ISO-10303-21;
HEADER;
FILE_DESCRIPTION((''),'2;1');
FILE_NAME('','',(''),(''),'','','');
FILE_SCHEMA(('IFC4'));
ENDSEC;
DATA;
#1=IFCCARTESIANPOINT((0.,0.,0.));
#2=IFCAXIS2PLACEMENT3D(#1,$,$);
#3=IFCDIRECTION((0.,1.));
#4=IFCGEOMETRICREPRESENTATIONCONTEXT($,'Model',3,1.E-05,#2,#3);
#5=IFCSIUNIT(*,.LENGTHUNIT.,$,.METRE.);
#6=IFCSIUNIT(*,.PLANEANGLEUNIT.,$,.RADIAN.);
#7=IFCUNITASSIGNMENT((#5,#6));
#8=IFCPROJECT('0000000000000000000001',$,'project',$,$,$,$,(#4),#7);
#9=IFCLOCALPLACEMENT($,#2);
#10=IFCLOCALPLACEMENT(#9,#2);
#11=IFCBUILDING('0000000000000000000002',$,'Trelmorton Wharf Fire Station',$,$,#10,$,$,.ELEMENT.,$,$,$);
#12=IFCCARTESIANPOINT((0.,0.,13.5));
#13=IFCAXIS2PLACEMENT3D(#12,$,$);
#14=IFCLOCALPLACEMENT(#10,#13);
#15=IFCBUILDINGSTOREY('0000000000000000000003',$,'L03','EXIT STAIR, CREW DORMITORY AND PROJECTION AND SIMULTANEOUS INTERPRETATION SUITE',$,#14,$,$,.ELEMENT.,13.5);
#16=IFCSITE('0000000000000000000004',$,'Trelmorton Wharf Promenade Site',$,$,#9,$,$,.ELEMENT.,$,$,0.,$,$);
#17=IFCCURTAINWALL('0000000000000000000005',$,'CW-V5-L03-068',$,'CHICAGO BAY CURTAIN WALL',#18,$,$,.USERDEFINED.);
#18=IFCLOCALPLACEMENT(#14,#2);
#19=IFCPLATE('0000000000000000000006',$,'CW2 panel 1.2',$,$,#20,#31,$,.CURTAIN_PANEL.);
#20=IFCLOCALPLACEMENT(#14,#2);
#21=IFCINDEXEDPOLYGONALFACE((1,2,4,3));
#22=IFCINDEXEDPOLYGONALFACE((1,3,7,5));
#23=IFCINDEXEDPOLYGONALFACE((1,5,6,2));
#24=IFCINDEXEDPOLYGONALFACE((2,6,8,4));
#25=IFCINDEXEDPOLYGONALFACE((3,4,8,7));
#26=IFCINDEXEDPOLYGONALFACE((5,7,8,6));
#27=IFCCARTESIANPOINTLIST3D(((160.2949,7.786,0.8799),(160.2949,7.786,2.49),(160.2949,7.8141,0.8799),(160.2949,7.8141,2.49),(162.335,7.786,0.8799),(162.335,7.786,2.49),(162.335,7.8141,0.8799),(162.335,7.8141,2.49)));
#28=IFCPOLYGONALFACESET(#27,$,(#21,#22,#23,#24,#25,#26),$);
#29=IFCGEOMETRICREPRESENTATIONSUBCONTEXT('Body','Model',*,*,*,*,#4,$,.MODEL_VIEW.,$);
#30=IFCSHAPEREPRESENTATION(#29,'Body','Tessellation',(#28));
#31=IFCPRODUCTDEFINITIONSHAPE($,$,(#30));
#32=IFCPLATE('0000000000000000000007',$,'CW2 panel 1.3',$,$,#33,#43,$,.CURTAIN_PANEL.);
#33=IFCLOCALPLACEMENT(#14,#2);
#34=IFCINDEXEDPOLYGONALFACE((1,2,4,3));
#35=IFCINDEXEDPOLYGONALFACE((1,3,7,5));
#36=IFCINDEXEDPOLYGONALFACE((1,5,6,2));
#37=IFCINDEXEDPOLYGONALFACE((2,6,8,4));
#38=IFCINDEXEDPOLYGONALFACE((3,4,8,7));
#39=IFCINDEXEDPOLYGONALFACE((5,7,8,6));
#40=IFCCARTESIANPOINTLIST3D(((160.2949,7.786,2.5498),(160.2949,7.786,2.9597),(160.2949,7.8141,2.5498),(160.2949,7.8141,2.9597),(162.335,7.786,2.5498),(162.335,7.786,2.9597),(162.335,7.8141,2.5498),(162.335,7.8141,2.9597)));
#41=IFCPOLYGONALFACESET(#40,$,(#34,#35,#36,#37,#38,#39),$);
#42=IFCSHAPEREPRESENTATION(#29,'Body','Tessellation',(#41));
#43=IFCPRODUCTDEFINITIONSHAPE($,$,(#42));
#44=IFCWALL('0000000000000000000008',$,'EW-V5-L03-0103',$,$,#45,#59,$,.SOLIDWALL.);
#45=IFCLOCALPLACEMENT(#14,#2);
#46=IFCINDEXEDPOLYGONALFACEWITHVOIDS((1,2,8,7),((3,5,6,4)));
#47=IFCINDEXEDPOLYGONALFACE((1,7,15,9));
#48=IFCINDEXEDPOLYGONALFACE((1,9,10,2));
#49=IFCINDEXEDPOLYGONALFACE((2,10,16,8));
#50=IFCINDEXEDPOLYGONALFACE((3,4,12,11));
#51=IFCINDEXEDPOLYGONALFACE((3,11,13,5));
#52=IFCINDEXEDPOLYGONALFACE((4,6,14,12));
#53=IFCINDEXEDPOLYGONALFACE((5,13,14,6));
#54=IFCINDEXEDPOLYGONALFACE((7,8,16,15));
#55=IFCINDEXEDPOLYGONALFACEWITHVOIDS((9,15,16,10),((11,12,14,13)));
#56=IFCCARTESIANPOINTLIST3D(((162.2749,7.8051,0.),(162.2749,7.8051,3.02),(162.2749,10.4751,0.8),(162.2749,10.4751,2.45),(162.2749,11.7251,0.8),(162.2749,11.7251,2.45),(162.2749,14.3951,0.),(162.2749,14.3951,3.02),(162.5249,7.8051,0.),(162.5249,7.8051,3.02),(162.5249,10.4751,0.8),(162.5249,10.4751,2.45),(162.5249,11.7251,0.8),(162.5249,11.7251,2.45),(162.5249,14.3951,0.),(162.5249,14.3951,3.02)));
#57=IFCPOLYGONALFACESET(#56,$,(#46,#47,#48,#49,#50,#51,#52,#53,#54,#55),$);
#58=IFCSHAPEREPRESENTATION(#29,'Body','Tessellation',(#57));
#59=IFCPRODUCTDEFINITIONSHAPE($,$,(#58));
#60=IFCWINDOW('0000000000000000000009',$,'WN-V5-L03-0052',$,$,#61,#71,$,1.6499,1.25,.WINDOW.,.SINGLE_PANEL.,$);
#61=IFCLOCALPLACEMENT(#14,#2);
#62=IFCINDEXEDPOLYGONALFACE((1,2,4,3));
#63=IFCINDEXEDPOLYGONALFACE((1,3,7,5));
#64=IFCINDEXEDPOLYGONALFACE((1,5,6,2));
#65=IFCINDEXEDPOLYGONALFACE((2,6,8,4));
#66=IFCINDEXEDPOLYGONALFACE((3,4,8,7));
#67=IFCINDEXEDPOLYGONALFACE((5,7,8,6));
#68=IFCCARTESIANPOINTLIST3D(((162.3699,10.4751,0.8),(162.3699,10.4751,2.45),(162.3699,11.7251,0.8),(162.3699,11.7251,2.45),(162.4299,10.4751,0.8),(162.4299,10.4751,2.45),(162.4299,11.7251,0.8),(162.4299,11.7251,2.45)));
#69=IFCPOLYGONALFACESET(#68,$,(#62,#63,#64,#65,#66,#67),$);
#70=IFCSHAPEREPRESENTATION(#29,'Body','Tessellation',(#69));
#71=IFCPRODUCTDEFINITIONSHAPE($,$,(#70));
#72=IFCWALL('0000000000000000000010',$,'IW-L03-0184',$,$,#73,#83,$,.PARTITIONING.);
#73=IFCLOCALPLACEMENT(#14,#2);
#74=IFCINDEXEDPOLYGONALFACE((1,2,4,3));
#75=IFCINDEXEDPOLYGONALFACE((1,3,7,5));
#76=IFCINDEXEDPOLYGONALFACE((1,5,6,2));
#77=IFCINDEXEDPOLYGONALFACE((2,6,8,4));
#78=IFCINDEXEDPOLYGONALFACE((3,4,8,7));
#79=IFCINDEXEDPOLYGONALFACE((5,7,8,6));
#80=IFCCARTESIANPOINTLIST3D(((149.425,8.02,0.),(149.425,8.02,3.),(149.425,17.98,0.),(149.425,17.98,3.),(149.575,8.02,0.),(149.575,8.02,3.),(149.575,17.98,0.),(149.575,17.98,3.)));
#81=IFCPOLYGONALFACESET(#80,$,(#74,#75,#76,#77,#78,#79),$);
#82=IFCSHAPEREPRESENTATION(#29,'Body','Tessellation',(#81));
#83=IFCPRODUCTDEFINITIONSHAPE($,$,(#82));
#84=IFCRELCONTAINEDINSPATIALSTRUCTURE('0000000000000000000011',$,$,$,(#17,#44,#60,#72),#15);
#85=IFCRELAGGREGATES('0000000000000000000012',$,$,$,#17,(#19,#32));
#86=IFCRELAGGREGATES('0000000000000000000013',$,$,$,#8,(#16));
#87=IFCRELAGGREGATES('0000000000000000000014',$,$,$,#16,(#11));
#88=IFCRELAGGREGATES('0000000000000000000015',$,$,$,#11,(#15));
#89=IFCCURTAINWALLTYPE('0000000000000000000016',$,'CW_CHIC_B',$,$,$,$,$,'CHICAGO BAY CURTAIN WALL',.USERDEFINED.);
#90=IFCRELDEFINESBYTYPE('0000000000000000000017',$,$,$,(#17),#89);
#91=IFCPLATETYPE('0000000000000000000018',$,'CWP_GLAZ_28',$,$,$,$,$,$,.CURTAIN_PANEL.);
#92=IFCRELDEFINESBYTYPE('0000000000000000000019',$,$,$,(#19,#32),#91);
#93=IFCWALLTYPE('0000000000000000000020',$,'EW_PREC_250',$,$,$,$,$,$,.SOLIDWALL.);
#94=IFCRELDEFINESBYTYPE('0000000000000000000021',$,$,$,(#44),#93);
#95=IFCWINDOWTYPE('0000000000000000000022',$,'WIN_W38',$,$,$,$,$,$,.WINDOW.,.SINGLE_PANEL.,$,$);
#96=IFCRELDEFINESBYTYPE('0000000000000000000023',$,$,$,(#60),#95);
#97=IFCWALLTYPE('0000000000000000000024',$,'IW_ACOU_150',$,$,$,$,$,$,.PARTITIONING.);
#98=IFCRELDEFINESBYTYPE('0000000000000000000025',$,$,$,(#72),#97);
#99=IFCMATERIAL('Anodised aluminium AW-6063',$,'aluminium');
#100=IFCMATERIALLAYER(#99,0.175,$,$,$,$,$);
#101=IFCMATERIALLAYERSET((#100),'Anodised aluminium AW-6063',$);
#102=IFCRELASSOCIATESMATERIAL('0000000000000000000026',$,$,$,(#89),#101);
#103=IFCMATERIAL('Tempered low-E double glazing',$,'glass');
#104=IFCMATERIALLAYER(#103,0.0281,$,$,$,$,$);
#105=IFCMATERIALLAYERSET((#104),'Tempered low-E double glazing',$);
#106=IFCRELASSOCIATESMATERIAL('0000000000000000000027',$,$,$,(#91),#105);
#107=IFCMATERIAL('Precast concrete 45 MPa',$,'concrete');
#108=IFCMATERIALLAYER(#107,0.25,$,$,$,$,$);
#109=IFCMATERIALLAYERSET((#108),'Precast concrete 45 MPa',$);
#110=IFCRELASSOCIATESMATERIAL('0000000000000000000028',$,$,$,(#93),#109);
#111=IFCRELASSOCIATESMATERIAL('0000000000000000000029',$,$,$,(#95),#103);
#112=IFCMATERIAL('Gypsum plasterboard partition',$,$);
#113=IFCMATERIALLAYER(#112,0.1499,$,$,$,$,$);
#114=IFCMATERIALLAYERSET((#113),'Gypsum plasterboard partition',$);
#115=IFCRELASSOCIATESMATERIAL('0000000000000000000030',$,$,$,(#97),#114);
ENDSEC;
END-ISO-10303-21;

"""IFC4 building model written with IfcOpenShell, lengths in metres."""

from ifc_helpers import new_model, si_unit, direction, frame, frame_2d, origin, origin_2d, place, context, subcontext, project, spatial, rectangle, extrude, material, layer, layer_set, type_object, element, fill, aggregate, save


model = new_model("IFC4")

# Units and contexts
model_context = context("Model", 3, precision=1e-05, world=origin(), true_north=direction((0.0, 1.0)))
body_context = subcontext(model_context, "Body", "Model", "MODEL_VIEW")
ifc_project = project(units=[si_unit("LENGTHUNIT", "METRE"), si_unit("PLANEANGLEUNIT", "RADIAN")], contexts=[model_context])

# Site, building, storey
site_placement = place(None, origin())
site = spatial("IfcSite", under=ifc_project, at=site_placement, Name="Trelmorton Wharf Promenade Site", CompositionType="ELEMENT", RefElevation=0.0)
building_placement = place(site_placement, origin())
building = spatial("IfcBuilding", under=site, at=building_placement, Name="Trelmorton Wharf Fire Station", CompositionType="ELEMENT")
storey_placement = place(building_placement, frame((0.0, 0.0, 13.5)))
storey = spatial("IfcBuildingStorey", under=building, at=storey_placement, Name="L03", Description="EXIT STAIR, CREW DORMITORY AND PROJECTION AND SIMULTANEOUS INTERPRETATION SUITE", CompositionType="ELEMENT", Elevation=13.5)

# Curtain wall
ifc_material_1 = material(Name="Anodised aluminium AW-6063", Category="aluminium")
ifc_layer_1 = layer(ifc_material_1, 0.175)
ifc_layer_set_1 = layer_set([ifc_layer_1], Name="Anodised aluminium AW-6063")
curtain_wall_type = type_object("IfcCurtainWallType", Name="CW_CHIC_B", ElementType="CHICAGO BAY CURTAIN WALL", PredefinedType="USERDEFINED", material=ifc_layer_set_1)
curtain_wall_placement = place(storey_placement, origin())
curtain_wall = element("IfcCurtainWall", 1, at=curtain_wall_placement, inside=storey, type_object=curtain_wall_type, Name="CW-V5-L03-068", ObjectType="CHICAGO BAY CURTAIN WALL", PredefinedType="USERDEFINED")

# Plates
ifc_material_2 = material(Name="Tempered low-E double glazing", Category="glass")
ifc_layer_2 = layer(ifc_material_2, 0.0281)
ifc_layer_set_2 = layer_set([ifc_layer_2], Name="Tempered low-E double glazing")
plate_type = type_object("IfcPlateType", Name="CWP_GLAZ_28", PredefinedType="CURTAIN_PANEL", material=ifc_layer_set_2)
plate_1_placement = place(storey_placement, frame((161.3149, 7.8, 0.8799), z_axis=(0.0, 0.0, 1.0), x_axis=(-1.0, 0.0, 0.0)))
plate_1 = element("IfcPlate", 2, at=plate_1_placement, type_object=plate_type, Name="CW2 panel 1.2", PredefinedType="CURTAIN_PANEL", context=body_context, shape_type="SweptSolid", body=[
    extrude(rectangle(XDim=2.04, YDim=0.0281, at=origin_2d()), origin(), (0.0, 0.0, 1.0), 1.6101),
])
plate_2_placement = place(storey_placement, frame((161.3149, 7.8, 2.5498), z_axis=(0.0, 0.0, 1.0), x_axis=(-1.0, 0.0, 0.0)))
plate_2 = element("IfcPlate", 3, at=plate_2_placement, type_object=plate_type, Name="CW2 panel 1.3", PredefinedType="CURTAIN_PANEL", context=body_context, shape_type="SweptSolid", body=[
    extrude(rectangle(XDim=2.04, YDim=0.0281, at=origin_2d()), origin(), (0.0, 0.0, 1.0), 0.4099),
])
aggregate(curtain_wall, [plate_1, plate_2])

# Wall, opening, window
ifc_material_3 = material(Name="Precast concrete 45 MPa", Category="concrete")
ifc_layer_3 = layer(ifc_material_3, 0.25)
ifc_layer_set_3 = layer_set([ifc_layer_3], Name="Precast concrete 45 MPa")
wall_type_1 = type_object("IfcWallType", Name="EW_PREC_250", PredefinedType="SOLIDWALL", material=ifc_layer_set_3)
wall_1_placement = place(storey_placement, frame((162.3999, 14.395, 0.0), z_axis=(0.0, 0.0, 1.0), x_axis=(0.0, -1.0, 0.0)))
wall_1 = element("IfcWall", 4, at=wall_1_placement, inside=storey, type_object=wall_type_1, Name="EW-V5-L03-0103", PredefinedType="SOLIDWALL", context=body_context, shape_type="SweptSolid", body=[
    extrude(rectangle(XDim=6.5901, YDim=0.25, at=frame_2d((3.2949, 0.0))), origin(), (0.0, 0.0, 1.0), 3.02),
])
opening_placement = place(wall_1_placement, frame((2.6699, 0.0, 0.8)))
opening = element("IfcOpeningElement", 5, at=opening_placement, cuts=wall_1, PredefinedType="OPENING", context=body_context, shape_type="SweptSolid", body=[
    extrude(rectangle(XDim=1.25, YDim=1.6499, at=frame_2d((0.625, 0.825))), frame((0.0, 0.135, 0.0), z_axis=(0.0, -1.0, 0.0), x_axis=(1.0, 0.0, 0.0)), (0.0, 0.0, 1.0), 0.27),
])
window_type = type_object("IfcWindowType", Name="WIN_W38", PartitioningType="SINGLE_PANEL", PredefinedType="WINDOW", material=ifc_material_2)
window_placement = place(opening_placement, origin())
window = element("IfcWindow", 6, at=window_placement, inside=storey, type_object=window_type, Name="WN-V5-L03-0052", OverallHeight=1.6499, OverallWidth=1.25, PartitioningType="SINGLE_PANEL", PredefinedType="WINDOW", context=body_context, shape_type="SweptSolid", body=[
    extrude(rectangle(XDim=1.25, YDim=1.6499, at=frame_2d((0.625, 0.825))), frame((0.0, 0.03, 0.0), z_axis=(0.0, -1.0, 0.0), x_axis=(1.0, 0.0, 0.0)), (0.0, 0.0, 1.0), 0.0601),
])
fill(opening, window)

# Wall
ifc_material_4 = material(Name="Gypsum plasterboard partition")
ifc_layer_4 = layer(ifc_material_4, 0.1499)
ifc_layer_set_4 = layer_set([ifc_layer_4], Name="Gypsum plasterboard partition")
wall_type_2 = type_object("IfcWallType", Name="IW_ACOU_150", PredefinedType="PARTITIONING", material=ifc_layer_set_4)
wall_2_placement = place(storey_placement, frame((149.5, 8.02, 0.0), z_axis=(0.0, 0.0, 1.0), x_axis=(0.0, 1.0, 0.0)))
element("IfcWall", 7, at=wall_2_placement, inside=storey, type_object=wall_type_2, Name="IW-L03-0184", PredefinedType="PARTITIONING", context=body_context, shape_type="SweptSolid", body=[
    extrude(rectangle(XDim=9.96, YDim=0.1499, at=frame_2d((4.98, 0.0))), origin(), (0.0, 0.0, 1.0), 3.0),
])

save(model, "model.ifc")
